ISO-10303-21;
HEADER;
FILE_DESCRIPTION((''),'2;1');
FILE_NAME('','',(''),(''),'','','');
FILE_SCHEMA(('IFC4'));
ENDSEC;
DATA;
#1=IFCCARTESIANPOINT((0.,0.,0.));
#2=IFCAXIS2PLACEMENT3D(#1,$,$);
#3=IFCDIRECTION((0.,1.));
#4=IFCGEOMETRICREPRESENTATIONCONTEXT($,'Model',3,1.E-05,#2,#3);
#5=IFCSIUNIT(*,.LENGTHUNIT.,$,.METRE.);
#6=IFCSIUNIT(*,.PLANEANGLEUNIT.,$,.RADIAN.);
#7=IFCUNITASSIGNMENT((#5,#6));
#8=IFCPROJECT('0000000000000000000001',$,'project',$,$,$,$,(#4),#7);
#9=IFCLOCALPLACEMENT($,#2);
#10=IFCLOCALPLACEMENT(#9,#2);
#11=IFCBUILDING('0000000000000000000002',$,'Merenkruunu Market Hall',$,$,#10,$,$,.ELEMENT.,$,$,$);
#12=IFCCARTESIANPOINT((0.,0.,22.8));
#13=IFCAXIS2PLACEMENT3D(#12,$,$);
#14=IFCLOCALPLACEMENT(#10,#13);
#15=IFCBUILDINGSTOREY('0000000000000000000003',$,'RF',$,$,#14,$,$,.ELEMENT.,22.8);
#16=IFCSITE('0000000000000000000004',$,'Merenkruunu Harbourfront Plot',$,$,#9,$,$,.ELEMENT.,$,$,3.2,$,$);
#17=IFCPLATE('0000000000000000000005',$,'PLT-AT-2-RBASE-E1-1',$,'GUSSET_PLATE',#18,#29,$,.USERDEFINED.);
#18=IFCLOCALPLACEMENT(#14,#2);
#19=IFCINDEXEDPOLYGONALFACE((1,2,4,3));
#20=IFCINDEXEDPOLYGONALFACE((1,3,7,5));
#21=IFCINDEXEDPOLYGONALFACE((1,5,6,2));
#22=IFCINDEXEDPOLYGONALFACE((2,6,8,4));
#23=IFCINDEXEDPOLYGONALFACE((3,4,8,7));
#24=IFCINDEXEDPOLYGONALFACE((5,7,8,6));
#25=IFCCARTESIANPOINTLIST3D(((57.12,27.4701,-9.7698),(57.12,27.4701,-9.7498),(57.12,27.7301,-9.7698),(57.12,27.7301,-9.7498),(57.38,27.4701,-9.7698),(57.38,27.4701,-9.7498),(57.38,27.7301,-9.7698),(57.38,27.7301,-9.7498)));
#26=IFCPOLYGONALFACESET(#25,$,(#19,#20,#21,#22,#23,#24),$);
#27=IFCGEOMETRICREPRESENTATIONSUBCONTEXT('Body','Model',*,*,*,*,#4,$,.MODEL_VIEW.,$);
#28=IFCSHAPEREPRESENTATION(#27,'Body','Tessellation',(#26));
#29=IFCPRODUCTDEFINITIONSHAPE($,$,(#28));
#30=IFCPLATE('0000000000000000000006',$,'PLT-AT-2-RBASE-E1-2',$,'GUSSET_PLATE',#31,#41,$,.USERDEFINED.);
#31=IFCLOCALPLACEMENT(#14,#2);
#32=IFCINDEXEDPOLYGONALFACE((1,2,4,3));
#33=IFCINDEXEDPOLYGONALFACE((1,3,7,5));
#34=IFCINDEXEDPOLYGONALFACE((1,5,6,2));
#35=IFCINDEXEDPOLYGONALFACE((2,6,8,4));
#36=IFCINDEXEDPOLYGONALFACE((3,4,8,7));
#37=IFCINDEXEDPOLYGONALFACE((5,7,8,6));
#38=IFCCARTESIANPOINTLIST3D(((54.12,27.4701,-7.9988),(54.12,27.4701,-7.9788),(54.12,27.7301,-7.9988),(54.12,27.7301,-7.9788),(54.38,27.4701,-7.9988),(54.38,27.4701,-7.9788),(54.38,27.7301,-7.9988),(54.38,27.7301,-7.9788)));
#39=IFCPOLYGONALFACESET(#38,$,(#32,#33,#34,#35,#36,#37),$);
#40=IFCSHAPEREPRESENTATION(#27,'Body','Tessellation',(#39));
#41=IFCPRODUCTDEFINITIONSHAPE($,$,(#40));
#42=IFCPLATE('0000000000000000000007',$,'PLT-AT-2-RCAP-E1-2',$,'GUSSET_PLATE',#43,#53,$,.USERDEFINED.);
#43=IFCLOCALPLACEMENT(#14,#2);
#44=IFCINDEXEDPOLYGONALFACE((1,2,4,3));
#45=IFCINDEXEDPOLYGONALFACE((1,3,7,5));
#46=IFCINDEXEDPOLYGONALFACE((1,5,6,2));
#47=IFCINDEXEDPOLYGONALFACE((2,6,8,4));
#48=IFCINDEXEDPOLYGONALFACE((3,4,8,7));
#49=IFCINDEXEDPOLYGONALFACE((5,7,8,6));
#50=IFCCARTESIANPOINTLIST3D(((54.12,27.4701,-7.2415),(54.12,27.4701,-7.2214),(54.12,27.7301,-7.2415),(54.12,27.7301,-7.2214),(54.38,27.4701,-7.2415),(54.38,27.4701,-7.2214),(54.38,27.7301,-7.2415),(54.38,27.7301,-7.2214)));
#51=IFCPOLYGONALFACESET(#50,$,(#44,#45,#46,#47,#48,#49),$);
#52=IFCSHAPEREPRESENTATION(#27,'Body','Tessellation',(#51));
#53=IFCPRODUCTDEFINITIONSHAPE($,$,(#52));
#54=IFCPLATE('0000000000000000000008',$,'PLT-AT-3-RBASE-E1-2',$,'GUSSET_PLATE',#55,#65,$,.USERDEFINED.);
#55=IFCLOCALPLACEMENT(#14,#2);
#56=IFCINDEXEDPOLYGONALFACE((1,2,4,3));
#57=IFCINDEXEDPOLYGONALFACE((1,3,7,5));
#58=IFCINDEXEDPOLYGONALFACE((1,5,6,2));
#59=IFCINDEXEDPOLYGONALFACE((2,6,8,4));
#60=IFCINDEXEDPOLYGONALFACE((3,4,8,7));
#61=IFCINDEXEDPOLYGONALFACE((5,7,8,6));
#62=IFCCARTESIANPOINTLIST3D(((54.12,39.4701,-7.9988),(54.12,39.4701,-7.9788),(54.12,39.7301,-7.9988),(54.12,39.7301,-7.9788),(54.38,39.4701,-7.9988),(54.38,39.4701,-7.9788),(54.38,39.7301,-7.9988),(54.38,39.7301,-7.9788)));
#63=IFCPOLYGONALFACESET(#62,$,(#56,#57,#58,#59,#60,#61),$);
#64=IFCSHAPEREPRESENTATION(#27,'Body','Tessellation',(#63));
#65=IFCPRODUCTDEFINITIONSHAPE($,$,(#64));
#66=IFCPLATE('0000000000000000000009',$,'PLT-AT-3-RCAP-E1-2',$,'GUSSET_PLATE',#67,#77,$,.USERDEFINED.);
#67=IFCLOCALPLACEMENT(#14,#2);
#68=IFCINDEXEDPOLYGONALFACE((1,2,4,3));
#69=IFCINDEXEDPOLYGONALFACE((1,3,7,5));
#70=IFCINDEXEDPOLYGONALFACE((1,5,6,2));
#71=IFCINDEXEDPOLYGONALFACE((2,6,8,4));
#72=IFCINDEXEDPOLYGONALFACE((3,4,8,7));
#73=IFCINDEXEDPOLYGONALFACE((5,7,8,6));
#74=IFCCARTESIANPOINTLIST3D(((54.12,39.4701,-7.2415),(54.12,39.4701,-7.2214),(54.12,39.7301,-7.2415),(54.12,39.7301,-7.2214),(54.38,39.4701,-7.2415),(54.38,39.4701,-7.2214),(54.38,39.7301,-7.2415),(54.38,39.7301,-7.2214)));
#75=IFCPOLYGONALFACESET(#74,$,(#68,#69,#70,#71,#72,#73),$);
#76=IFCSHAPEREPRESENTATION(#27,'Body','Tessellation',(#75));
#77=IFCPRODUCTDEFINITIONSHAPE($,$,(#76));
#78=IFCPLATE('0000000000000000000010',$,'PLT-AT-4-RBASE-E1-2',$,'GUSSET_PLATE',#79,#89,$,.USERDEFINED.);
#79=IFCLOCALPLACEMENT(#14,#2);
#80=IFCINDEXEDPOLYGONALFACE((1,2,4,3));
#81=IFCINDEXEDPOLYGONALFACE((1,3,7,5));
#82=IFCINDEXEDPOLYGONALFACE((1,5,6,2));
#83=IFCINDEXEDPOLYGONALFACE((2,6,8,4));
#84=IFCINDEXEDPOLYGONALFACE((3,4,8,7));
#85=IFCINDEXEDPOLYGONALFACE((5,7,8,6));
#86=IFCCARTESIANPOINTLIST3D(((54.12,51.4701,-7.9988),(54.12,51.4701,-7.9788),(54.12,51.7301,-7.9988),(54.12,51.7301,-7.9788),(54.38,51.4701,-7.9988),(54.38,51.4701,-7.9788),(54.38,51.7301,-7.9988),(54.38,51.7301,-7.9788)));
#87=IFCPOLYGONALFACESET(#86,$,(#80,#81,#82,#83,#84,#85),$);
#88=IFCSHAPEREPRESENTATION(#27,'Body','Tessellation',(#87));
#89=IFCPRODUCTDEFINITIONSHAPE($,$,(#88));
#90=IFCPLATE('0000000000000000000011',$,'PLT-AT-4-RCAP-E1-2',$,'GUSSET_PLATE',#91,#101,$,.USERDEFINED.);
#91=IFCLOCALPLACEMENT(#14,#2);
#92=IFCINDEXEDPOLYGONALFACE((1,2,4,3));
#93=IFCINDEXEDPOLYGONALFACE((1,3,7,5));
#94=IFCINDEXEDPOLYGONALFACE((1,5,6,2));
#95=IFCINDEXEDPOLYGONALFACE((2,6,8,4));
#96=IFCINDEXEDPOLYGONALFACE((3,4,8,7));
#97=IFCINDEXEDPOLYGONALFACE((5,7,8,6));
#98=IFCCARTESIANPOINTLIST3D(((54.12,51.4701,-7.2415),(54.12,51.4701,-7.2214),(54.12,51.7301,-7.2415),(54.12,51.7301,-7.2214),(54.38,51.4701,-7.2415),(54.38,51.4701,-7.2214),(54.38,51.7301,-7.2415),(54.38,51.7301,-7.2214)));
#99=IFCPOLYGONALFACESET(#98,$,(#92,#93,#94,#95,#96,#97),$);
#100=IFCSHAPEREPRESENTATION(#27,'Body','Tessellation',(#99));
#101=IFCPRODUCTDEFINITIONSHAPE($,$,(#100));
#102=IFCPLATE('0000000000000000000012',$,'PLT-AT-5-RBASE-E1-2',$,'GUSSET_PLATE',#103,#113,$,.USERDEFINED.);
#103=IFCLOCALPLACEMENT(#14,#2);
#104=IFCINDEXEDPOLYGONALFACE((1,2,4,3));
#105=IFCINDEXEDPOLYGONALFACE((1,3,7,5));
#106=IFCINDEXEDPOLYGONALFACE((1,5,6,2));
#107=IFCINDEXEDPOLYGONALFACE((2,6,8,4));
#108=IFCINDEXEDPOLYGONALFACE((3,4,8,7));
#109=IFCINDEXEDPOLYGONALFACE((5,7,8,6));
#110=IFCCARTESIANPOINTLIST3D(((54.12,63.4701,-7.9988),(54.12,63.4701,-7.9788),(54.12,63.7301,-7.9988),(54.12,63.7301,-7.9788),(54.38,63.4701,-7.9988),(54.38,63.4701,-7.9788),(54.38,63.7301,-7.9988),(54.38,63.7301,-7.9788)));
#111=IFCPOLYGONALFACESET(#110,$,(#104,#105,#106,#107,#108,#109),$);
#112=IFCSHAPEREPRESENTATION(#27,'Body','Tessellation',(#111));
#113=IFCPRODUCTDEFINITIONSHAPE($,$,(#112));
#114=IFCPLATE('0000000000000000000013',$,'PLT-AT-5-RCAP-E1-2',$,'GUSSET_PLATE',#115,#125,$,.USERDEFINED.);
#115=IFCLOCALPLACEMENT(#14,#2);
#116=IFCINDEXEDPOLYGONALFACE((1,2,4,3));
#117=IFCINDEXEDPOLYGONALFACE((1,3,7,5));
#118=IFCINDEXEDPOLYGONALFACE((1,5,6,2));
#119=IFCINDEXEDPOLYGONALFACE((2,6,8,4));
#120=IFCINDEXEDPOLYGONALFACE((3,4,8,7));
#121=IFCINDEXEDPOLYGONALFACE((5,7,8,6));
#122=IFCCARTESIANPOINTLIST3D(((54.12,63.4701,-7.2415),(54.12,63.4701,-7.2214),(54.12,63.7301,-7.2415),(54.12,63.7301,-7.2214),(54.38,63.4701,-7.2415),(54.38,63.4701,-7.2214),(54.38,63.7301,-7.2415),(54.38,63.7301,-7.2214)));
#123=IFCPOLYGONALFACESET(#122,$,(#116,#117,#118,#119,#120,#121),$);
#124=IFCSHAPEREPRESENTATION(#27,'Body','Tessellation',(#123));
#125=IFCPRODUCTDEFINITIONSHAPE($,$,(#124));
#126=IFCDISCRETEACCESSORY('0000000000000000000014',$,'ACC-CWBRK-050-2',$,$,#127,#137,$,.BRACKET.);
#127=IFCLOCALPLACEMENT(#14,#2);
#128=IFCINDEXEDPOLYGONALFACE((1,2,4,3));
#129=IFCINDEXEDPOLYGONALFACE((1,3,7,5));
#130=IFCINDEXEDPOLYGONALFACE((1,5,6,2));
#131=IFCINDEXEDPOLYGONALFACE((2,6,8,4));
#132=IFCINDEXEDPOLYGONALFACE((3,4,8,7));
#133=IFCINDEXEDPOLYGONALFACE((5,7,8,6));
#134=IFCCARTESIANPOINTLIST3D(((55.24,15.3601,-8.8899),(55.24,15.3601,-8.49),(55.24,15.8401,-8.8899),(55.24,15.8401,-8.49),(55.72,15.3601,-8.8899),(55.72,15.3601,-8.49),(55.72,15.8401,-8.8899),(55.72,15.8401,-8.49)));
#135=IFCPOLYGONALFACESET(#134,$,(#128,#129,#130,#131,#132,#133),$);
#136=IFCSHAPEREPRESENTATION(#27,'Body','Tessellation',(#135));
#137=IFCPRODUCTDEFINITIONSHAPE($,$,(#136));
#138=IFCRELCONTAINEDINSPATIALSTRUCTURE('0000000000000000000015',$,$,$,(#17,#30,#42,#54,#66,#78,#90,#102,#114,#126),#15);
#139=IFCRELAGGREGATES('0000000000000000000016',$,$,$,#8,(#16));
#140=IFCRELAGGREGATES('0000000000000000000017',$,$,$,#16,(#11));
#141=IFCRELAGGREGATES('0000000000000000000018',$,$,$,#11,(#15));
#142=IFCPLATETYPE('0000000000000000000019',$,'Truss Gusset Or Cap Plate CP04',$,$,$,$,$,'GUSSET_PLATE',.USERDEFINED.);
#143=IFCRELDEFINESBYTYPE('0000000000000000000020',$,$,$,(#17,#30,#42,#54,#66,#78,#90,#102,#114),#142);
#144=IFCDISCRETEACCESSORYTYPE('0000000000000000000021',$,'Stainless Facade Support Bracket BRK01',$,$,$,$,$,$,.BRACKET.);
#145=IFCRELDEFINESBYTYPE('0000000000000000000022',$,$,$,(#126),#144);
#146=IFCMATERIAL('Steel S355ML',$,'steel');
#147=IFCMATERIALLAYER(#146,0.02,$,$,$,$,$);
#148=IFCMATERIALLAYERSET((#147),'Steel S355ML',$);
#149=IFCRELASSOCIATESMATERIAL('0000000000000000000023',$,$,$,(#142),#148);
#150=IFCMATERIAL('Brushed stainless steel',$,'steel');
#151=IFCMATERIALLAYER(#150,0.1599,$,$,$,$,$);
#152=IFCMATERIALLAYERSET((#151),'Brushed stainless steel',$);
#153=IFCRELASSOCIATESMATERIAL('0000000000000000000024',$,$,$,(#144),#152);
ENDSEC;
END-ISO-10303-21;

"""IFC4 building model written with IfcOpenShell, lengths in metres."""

from ifc_helpers import new_model, si_unit, direction, frame, origin, origin_2d, place, context, subcontext, project, spatial, rectangle, extrude, material, layer, layer_set, type_object, element, save


model = new_model("IFC4")

# Units and contexts
model_context = context("Model", 3, precision=1e-05, world=origin(), true_north=direction((0.0, 1.0)))
body_context = subcontext(model_context, "Body", "Model", "MODEL_VIEW")
ifc_project = project(units=[si_unit("LENGTHUNIT", "METRE"), si_unit("PLANEANGLEUNIT", "RADIAN")], contexts=[model_context])

# Site, building, storey
site_placement = place(None, origin())
site = spatial("IfcSite", under=ifc_project, at=site_placement, Name="Merenkruunu Harbourfront Plot", CompositionType="ELEMENT", RefElevation=3.2)
building_placement = place(site_placement, origin())
building = spatial("IfcBuilding", under=site, at=building_placement, Name="Merenkruunu Market Hall", CompositionType="ELEMENT")
storey_placement = place(building_placement, frame((0.0, 0.0, 22.8)))
storey = spatial("IfcBuildingStorey", under=building, at=storey_placement, Name="RF", CompositionType="ELEMENT", Elevation=22.8)

# Shared definitions
ifc_material_1 = material(Name="Steel S355ML", Category="steel")

# Plates
ifc_layer_1 = layer(ifc_material_1, 0.02)
ifc_layer_set_1 = layer_set([ifc_layer_1], Name="Steel S355ML")
plate_type_1 = type_object("IfcPlateType", Name="Truss Gusset Or Cap Plate CP04", ElementType="GUSSET_PLATE", PredefinedType="USERDEFINED", material=ifc_layer_set_1)
for number, where, z_axis, x_axis, name in (
    (1, (57.25, 27.6001, -9.7698), (0.0, 0.0, 1.0), (1.0, 0.0, 0.0), "PLT-AT-2-RBASE-E1-1"),
    (2, (54.25, 27.6001, -7.9988), (0.0, 0.0, 1.0), (1.0, 0.0, 0.0), "PLT-AT-2-RBASE-E1-2"),
    (3, (54.25, 27.6001, -7.2415), (0.0, 0.0, 1.0), (1.0, 0.0, 0.0), "PLT-AT-2-RCAP-E1-2"),
    (4, (54.25, 39.6001, -7.9988), (0.0, 0.0, 1.0), (1.0, 0.0, 0.0), "PLT-AT-3-RBASE-E1-2"),
    (5, (54.25, 39.6001, -7.2415), (0.0, 0.0, 1.0), (1.0, 0.0, 0.0), "PLT-AT-3-RCAP-E1-2"),
    (6, (54.25, 51.6001, -7.9988), (0.0, 0.0, 1.0), (1.0, 0.0, 0.0), "PLT-AT-4-RBASE-E1-2"),
    (7, (54.25, 51.6001, -7.2415), (0.0, 0.0, 1.0), (1.0, 0.0, 0.0), "PLT-AT-4-RCAP-E1-2"),
    (8, (54.25, 63.6001, -7.9988), (0.0, 0.0, 1.0), (1.0, 0.0, 0.0), "PLT-AT-5-RBASE-E1-2"),
    (9, (54.25, 63.6001, -7.2415), (0.0, 0.0, 1.0), (1.0, 0.0, 0.0), "PLT-AT-5-RCAP-E1-2"),
):
    element("IfcPlate", number, at=place(storey_placement, frame(where, z_axis=z_axis, x_axis=x_axis)), inside=storey, type_object=plate_type_1, Name=name, ObjectType="GUSSET_PLATE", PredefinedType="USERDEFINED", context=body_context, shape_type="SweptSolid", body=[
        extrude(rectangle(XDim=0.26, YDim=0.26, at=origin_2d()), origin(), (0.0, 0.0, 1.0), 0.02),
    ])

# Discrete accessory
ifc_material_2 = material(Name="Brushed stainless steel", Category="steel")
ifc_layer_2 = layer(ifc_material_2, 0.1599)
ifc_layer_set_2 = layer_set([ifc_layer_2], Name="Brushed stainless steel")
discrete_accessory_type = type_object("IfcDiscreteAccessoryType", Name="Stainless Facade Support Bracket BRK01", PredefinedType="BRACKET", material=ifc_layer_set_2)
discrete_accessory_placement = place(storey_placement, frame((55.48, 15.6001, -8.8899), z_axis=(0.0, 0.0, 1.0), x_axis=(1.0, 0.0, 0.0)))
element("IfcDiscreteAccessory", 10, at=discrete_accessory_placement, inside=storey, type_object=discrete_accessory_type, Name="ACC-CWBRK-050-2", PredefinedType="BRACKET", context=body_context, shape_type="SweptSolid", body=[
    extrude(rectangle(XDim=0.48, YDim=0.48, at=origin_2d()), origin(), (0.0, 0.0, 1.0), 0.3999),
])

save(model, "model.ifc")
